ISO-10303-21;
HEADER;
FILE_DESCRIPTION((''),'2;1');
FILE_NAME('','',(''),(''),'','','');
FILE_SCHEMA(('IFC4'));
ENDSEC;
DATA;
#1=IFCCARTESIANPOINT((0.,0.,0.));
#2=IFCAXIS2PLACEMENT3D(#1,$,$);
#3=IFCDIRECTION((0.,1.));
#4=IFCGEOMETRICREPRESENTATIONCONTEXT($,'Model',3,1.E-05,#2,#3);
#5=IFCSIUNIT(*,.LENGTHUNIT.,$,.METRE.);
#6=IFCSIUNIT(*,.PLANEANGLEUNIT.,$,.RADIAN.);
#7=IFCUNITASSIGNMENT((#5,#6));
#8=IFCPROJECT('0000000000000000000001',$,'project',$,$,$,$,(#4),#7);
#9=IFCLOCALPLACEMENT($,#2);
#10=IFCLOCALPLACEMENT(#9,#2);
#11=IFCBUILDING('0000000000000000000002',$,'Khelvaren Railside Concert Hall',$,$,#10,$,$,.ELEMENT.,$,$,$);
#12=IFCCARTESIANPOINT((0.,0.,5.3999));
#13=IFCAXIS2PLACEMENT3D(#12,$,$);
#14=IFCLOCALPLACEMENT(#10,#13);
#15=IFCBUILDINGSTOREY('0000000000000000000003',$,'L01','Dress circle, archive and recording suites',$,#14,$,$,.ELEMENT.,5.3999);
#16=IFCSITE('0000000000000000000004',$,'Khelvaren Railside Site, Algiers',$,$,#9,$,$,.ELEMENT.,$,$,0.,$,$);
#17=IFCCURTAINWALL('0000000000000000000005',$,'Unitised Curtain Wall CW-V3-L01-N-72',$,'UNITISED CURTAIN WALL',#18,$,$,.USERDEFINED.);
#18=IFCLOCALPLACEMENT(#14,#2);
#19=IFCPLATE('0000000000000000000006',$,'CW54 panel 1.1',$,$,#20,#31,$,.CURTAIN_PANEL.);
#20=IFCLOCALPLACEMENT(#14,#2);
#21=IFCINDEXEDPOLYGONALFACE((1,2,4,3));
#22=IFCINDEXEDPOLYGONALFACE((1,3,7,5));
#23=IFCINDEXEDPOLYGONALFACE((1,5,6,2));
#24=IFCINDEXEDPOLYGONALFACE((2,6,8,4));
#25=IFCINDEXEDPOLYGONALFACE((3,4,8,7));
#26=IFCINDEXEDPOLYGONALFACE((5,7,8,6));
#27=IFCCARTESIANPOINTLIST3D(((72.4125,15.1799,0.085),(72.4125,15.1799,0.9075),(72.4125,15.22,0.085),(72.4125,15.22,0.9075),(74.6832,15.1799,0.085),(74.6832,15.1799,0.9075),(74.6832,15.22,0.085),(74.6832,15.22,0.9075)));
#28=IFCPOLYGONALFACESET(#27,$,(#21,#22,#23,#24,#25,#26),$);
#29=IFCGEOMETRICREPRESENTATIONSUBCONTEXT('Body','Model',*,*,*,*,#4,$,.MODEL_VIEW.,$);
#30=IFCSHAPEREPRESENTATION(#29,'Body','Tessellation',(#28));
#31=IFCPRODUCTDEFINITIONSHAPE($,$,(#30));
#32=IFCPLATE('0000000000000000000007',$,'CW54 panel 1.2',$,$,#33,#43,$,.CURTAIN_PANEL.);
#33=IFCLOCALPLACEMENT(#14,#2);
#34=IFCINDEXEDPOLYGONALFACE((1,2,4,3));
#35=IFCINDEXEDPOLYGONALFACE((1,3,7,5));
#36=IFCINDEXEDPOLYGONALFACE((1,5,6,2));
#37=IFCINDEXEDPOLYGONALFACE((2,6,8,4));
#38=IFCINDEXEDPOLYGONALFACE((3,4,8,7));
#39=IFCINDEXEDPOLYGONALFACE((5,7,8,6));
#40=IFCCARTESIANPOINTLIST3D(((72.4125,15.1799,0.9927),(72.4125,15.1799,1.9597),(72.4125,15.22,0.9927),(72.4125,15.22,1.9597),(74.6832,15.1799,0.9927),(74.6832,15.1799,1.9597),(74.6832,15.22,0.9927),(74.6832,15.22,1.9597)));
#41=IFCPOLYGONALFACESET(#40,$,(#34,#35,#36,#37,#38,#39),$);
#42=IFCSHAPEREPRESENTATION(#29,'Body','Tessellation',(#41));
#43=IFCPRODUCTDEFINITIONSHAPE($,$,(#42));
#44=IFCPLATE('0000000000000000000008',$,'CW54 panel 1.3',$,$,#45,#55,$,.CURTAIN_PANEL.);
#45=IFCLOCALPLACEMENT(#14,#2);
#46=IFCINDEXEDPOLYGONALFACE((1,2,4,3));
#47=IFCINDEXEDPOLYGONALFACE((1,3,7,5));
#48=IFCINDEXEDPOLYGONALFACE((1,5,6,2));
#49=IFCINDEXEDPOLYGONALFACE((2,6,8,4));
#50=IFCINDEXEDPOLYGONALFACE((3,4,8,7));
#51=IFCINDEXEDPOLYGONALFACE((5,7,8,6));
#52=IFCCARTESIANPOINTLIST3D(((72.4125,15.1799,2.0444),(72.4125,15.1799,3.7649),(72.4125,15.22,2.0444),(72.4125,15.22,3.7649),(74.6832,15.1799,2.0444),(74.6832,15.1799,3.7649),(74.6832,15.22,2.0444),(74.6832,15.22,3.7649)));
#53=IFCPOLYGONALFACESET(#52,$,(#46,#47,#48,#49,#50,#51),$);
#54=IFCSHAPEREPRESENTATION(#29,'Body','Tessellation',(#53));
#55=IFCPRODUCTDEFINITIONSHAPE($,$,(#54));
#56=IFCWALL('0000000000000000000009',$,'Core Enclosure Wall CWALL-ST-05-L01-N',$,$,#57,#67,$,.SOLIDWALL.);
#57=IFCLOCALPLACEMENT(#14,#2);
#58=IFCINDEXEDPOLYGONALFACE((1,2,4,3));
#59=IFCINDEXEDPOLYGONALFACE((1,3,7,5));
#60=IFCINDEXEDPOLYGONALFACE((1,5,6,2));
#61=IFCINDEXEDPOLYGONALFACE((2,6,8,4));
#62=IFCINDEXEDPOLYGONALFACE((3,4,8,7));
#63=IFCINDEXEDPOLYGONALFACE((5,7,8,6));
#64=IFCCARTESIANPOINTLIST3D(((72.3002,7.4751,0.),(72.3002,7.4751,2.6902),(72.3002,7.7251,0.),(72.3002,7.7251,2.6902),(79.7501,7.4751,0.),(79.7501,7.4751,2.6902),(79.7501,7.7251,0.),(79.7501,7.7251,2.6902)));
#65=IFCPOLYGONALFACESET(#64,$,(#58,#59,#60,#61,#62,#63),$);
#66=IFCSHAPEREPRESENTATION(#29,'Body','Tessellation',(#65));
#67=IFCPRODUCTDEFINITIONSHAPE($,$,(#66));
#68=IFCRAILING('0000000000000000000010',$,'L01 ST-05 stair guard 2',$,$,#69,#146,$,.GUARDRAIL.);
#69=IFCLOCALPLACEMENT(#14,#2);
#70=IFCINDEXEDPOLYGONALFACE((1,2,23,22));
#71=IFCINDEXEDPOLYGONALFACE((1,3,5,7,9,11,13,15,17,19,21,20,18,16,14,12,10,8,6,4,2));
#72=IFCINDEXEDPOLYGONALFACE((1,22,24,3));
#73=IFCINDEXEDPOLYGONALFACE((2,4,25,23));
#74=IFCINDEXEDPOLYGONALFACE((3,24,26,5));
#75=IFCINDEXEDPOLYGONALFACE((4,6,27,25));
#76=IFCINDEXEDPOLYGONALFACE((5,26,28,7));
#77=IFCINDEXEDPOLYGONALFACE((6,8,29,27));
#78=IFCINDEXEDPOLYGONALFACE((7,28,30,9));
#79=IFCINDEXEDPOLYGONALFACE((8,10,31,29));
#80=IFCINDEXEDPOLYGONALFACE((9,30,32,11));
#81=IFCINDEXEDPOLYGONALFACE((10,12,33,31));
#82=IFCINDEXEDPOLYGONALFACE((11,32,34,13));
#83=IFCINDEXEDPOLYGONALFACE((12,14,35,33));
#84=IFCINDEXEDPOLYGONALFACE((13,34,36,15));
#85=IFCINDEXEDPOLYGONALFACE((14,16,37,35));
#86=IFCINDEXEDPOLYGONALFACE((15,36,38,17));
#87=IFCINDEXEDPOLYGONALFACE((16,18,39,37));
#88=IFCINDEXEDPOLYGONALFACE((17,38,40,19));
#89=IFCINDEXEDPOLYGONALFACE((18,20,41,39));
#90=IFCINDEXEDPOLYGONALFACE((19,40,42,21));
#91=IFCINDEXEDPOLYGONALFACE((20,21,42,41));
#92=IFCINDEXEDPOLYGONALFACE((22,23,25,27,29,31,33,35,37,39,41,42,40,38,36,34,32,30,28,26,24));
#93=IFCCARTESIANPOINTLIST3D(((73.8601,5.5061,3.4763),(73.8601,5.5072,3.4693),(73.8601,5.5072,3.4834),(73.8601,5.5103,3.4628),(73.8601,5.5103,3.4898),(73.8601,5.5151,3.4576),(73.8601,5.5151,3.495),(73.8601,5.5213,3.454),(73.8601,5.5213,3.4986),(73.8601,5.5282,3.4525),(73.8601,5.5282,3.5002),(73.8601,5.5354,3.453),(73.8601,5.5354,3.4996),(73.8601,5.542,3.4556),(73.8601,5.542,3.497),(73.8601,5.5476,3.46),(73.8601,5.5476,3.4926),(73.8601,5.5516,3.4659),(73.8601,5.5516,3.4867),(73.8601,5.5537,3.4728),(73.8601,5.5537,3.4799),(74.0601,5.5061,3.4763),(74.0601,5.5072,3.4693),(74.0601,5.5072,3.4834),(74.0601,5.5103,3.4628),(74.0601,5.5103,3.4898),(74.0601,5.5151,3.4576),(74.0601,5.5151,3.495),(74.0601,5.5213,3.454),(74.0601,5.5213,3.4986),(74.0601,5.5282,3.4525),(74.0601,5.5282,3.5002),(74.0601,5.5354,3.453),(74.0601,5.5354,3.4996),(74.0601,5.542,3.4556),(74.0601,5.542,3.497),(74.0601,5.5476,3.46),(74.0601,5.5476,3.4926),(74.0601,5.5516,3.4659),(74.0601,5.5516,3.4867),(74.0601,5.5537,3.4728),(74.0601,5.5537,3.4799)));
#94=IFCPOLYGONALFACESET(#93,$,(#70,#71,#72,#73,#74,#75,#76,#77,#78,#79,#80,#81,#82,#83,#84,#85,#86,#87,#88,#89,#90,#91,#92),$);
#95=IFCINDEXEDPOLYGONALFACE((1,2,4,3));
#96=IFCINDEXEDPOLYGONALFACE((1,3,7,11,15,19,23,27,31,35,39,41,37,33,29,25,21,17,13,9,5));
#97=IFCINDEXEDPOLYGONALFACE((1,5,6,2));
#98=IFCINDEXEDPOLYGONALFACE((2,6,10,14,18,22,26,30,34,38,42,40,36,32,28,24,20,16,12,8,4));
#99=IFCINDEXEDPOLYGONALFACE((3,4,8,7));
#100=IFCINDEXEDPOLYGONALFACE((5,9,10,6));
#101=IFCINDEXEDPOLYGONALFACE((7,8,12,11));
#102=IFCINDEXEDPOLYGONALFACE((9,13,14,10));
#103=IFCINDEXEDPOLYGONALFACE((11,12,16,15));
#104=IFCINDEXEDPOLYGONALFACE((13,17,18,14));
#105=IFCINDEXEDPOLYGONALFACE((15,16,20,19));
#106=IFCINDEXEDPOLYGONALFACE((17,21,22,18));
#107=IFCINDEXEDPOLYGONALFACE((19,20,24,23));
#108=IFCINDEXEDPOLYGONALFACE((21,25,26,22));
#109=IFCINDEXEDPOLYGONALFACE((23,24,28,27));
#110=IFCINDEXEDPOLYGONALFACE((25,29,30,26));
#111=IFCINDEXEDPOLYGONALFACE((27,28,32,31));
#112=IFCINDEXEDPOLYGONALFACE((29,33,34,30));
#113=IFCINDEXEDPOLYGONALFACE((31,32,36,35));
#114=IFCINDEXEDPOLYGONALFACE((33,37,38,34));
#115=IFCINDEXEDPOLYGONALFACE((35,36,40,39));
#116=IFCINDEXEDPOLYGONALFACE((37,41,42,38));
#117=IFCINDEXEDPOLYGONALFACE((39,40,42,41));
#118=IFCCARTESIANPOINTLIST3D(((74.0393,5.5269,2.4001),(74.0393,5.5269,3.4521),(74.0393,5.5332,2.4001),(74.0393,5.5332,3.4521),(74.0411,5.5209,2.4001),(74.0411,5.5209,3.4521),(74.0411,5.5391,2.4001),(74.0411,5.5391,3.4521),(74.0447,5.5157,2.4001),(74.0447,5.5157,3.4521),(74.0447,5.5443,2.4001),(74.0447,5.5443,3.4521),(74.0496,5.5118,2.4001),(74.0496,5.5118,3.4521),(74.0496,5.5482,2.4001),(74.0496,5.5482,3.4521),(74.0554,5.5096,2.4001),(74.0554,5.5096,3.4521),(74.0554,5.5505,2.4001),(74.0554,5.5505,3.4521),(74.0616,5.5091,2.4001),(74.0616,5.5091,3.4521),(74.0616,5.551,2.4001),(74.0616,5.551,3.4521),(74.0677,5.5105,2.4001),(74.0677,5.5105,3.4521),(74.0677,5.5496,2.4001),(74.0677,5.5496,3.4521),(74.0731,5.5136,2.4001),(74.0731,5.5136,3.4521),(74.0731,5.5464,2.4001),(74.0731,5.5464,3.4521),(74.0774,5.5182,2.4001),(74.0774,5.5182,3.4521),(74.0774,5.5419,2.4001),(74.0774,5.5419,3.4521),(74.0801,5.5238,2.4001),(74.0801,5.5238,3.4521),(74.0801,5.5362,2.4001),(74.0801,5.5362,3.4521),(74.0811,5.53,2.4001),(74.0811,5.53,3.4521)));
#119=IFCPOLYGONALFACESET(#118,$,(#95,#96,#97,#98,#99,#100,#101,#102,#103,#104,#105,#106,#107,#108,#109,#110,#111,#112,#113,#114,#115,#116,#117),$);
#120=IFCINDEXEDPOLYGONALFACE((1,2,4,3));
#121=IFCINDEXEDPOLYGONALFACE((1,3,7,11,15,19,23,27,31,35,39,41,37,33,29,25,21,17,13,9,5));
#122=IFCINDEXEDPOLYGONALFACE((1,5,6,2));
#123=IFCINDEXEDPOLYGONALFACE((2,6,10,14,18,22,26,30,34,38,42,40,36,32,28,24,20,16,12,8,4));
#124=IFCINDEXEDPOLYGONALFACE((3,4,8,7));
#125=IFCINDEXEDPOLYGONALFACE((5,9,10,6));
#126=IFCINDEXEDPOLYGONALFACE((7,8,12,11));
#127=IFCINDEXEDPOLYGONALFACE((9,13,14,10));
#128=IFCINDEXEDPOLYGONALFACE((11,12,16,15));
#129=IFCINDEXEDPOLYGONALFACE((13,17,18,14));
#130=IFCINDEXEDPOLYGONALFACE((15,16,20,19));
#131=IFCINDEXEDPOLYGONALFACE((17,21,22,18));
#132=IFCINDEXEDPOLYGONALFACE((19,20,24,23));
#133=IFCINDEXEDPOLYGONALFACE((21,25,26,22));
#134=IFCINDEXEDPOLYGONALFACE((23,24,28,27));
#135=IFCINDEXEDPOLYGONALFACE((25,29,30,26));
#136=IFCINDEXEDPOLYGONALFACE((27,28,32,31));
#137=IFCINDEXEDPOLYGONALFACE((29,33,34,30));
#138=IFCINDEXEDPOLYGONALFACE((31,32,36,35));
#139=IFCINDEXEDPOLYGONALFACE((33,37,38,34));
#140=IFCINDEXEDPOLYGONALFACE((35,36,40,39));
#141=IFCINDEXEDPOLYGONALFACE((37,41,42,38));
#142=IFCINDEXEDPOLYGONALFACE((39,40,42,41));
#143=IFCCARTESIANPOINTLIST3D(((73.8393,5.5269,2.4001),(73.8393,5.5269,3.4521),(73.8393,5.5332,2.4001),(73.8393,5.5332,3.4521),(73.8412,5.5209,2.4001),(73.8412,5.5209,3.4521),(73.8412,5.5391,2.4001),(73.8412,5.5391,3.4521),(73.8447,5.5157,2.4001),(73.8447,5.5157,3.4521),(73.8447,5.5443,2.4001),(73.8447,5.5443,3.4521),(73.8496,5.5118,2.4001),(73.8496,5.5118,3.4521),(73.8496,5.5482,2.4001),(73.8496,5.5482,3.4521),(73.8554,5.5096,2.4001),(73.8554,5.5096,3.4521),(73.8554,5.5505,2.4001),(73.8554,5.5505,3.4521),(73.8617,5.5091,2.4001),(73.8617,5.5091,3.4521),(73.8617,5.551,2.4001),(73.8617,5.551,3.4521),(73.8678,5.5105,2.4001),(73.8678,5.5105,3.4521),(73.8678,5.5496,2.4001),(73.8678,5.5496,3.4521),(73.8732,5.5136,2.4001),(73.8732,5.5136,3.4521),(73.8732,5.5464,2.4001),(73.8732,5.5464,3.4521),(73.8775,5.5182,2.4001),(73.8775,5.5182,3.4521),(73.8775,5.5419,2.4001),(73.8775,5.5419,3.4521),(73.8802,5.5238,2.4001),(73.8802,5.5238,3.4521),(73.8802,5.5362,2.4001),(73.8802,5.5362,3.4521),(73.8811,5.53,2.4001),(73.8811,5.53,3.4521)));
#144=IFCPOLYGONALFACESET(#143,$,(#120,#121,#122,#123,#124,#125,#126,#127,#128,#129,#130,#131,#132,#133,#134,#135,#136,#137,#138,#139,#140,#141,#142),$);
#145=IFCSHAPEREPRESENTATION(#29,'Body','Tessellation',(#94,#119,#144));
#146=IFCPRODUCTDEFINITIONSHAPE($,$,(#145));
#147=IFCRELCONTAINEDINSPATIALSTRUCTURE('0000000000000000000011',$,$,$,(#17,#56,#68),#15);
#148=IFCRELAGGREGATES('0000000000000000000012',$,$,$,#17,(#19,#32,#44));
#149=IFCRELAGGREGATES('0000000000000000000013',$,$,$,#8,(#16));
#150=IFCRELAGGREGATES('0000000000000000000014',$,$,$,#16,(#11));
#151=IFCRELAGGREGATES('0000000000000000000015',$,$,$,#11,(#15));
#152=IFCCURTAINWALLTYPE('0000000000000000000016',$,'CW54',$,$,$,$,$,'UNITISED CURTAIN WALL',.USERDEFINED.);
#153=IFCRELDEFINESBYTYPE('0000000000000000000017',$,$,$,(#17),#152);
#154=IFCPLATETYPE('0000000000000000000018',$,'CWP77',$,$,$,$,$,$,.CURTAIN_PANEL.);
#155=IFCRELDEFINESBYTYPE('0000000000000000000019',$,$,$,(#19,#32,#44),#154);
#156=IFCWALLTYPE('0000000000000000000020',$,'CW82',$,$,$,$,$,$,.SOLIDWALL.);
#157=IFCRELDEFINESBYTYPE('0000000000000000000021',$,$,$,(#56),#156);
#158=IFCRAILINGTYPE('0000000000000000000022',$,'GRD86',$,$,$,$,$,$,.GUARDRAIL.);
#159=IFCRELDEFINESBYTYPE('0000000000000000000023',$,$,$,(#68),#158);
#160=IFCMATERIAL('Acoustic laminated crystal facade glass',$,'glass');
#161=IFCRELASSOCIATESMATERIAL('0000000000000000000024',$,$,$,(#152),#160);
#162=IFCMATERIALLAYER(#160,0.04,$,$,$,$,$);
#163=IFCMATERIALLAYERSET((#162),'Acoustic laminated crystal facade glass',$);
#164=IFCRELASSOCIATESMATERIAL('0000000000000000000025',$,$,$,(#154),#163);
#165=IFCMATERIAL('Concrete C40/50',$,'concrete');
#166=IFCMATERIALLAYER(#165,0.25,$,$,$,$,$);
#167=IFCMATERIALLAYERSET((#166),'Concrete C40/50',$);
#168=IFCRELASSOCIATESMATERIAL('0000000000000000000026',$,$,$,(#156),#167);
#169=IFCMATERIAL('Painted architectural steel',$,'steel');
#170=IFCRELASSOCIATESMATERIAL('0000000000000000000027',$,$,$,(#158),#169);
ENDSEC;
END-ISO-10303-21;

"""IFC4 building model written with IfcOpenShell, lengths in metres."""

from ifc_helpers import new_model, si_unit, direction, frame, frame_2d, origin, origin_2d, place, context, subcontext, project, spatial, rectangle, circle, extrude, material, layer, layer_set, type_object, element, aggregate, save


model = new_model("IFC4")

# Units and contexts
model_context = context("Model", 3, precision=1e-05, world=origin(), true_north=direction((0.0, 1.0)))
body_context = subcontext(model_context, "Body", "Model", "MODEL_VIEW")
ifc_project = project(units=[si_unit("LENGTHUNIT", "METRE"), si_unit("PLANEANGLEUNIT", "RADIAN")], contexts=[model_context])

# Site, building, storey
site_placement = place(None, origin())
site = spatial("IfcSite", under=ifc_project, at=site_placement, Name="Khelvaren Railside Site, Algiers", CompositionType="ELEMENT", RefElevation=0.0)
building_placement = place(site_placement, origin())
building = spatial("IfcBuilding", under=site, at=building_placement, Name="Khelvaren Railside Concert Hall", CompositionType="ELEMENT")
storey_placement = place(building_placement, frame((0.0, 0.0, 5.3999)))
storey = spatial("IfcBuildingStorey", under=building, at=storey_placement, Name="L01", Description="Dress circle, archive and recording suites", CompositionType="ELEMENT", Elevation=5.3999)

# Shared definitions
ifc_material_1 = material(Name="Acoustic laminated crystal facade glass", Category="glass")

# Curtain wall
curtain_wall_type_1 = type_object("IfcCurtainWallType", Name="CW54", ElementType="UNITISED CURTAIN WALL", PredefinedType="USERDEFINED", material=ifc_material_1)
curtain_wall_1_placement = place(storey_placement, origin())
curtain_wall_1 = element("IfcCurtainWall", 1, at=curtain_wall_1_placement, inside=storey, type_object=curtain_wall_type_1, Name="Unitised Curtain Wall CW-V3-L01-N-72", ObjectType="UNITISED CURTAIN WALL", PredefinedType="USERDEFINED")

# Shared definitions
ifc_material_2 = material(Name="Concrete C40/50", Category="concrete")

# Plates
ifc_layer_1 = layer(ifc_material_1, 0.04)
ifc_layer_set_1 = layer_set([ifc_layer_1], Name="Acoustic laminated crystal facade glass")
plate_type = type_object("IfcPlateType", Name="CWP77", PredefinedType="CURTAIN_PANEL", material=ifc_layer_set_1)
plate_1_placement = place(storey_placement, frame((73.5479, 15.2, 0.085), z_axis=(0.0, 0.0, 1.0), x_axis=(1.0, 0.0, 0.0)))
plate_1 = element("IfcPlate", 2, at=plate_1_placement, type_object=plate_type, Name="CW54 panel 1.1", PredefinedType="CURTAIN_PANEL", context=body_context, shape_type="SweptSolid", body=[
    extrude(rectangle(XDim=2.2708, YDim=0.04, at=origin_2d()), origin(), (0.0, 0.0, 1.0), 0.8225),
])
plate_2_placement = place(storey_placement, frame((73.5479, 15.2, 0.9927), z_axis=(0.0, 0.0, 1.0), x_axis=(1.0, 0.0, 0.0)))
plate_2 = element("IfcPlate", 3, at=plate_2_placement, type_object=plate_type, Name="CW54 panel 1.2", PredefinedType="CURTAIN_PANEL", context=body_context, shape_type="SweptSolid", body=[
    extrude(rectangle(XDim=2.2708, YDim=0.04, at=origin_2d()), origin(), (0.0, 0.0, 1.0), 0.967),
])
plate_3_placement = place(storey_placement, frame((73.5479, 15.2, 2.0444), z_axis=(0.0, 0.0, 1.0), x_axis=(1.0, 0.0, 0.0)))
plate_3 = element("IfcPlate", 4, at=plate_3_placement, type_object=plate_type, Name="CW54 panel 1.3", PredefinedType="CURTAIN_PANEL", context=body_context, shape_type="SweptSolid", body=[
    extrude(rectangle(XDim=2.2708, YDim=0.04, at=origin_2d()), origin(), (0.0, 0.0, 1.0), 1.7205),
])
aggregate(curtain_wall_1, [plate_1, plate_2, plate_3])

# Wall
ifc_layer_2 = layer(ifc_material_2, 0.25)
ifc_layer_set_2 = layer_set([ifc_layer_2], Name="Concrete C40/50")
wall_type = type_object("IfcWallType", Name="CW82", PredefinedType="SOLIDWALL", material=ifc_layer_set_2)
wall_placement = place(storey_placement, frame((72.3, 7.6001, 0.0), z_axis=(0.0, 0.0, 1.0), x_axis=(1.0, 0.0, 0.0)))
element("IfcWall", 5, at=wall_placement, inside=storey, type_object=wall_type, Name="Core Enclosure Wall CWALL-ST-05-L01-N", PredefinedType="SOLIDWALL", context=body_context, shape_type="SweptSolid", body=[
    extrude(rectangle(XDim=7.45, YDim=0.25, at=frame_2d((3.7251, 0.0))), origin(), (0.0, 0.0, 1.0), 2.6902),
])

# Railing
ifc_material_3 = material(Name="Painted architectural steel", Category="steel")
railing_type = type_object("IfcRailingType", Name="GRD86", PredefinedType="GUARDRAIL", material=ifc_material_3)
railing_1_placement = place(storey_placement, frame((74.0601, 5.53, 2.4001)))
element("IfcRailing", 6, at=railing_1_placement, inside=storey, type_object=railing_type, Name="L01 ST-05 stair guard 2", PredefinedType="GUARDRAIL", context=body_context, shape_type="SweptSolid", body=[
    extrude(circle(Radius=0.0239, at=origin_2d()), frame((0.0, 0.0, 1.0762), z_axis=(-1.0, 0.0, 0.0), x_axis=(0.0, -1.0, 0.0)), (0.0, 0.0, 1.0), 0.2),
    extrude(circle(Radius=0.021, at=origin_2d()), origin(), (0.0, 0.0, 1.0), 1.052),
    extrude(circle(Radius=0.021, at=origin_2d()), frame((-0.2, 0.0, 0.0)), (0.0, 0.0, 1.0), 1.052),
])

save(model, "model.ifc")
